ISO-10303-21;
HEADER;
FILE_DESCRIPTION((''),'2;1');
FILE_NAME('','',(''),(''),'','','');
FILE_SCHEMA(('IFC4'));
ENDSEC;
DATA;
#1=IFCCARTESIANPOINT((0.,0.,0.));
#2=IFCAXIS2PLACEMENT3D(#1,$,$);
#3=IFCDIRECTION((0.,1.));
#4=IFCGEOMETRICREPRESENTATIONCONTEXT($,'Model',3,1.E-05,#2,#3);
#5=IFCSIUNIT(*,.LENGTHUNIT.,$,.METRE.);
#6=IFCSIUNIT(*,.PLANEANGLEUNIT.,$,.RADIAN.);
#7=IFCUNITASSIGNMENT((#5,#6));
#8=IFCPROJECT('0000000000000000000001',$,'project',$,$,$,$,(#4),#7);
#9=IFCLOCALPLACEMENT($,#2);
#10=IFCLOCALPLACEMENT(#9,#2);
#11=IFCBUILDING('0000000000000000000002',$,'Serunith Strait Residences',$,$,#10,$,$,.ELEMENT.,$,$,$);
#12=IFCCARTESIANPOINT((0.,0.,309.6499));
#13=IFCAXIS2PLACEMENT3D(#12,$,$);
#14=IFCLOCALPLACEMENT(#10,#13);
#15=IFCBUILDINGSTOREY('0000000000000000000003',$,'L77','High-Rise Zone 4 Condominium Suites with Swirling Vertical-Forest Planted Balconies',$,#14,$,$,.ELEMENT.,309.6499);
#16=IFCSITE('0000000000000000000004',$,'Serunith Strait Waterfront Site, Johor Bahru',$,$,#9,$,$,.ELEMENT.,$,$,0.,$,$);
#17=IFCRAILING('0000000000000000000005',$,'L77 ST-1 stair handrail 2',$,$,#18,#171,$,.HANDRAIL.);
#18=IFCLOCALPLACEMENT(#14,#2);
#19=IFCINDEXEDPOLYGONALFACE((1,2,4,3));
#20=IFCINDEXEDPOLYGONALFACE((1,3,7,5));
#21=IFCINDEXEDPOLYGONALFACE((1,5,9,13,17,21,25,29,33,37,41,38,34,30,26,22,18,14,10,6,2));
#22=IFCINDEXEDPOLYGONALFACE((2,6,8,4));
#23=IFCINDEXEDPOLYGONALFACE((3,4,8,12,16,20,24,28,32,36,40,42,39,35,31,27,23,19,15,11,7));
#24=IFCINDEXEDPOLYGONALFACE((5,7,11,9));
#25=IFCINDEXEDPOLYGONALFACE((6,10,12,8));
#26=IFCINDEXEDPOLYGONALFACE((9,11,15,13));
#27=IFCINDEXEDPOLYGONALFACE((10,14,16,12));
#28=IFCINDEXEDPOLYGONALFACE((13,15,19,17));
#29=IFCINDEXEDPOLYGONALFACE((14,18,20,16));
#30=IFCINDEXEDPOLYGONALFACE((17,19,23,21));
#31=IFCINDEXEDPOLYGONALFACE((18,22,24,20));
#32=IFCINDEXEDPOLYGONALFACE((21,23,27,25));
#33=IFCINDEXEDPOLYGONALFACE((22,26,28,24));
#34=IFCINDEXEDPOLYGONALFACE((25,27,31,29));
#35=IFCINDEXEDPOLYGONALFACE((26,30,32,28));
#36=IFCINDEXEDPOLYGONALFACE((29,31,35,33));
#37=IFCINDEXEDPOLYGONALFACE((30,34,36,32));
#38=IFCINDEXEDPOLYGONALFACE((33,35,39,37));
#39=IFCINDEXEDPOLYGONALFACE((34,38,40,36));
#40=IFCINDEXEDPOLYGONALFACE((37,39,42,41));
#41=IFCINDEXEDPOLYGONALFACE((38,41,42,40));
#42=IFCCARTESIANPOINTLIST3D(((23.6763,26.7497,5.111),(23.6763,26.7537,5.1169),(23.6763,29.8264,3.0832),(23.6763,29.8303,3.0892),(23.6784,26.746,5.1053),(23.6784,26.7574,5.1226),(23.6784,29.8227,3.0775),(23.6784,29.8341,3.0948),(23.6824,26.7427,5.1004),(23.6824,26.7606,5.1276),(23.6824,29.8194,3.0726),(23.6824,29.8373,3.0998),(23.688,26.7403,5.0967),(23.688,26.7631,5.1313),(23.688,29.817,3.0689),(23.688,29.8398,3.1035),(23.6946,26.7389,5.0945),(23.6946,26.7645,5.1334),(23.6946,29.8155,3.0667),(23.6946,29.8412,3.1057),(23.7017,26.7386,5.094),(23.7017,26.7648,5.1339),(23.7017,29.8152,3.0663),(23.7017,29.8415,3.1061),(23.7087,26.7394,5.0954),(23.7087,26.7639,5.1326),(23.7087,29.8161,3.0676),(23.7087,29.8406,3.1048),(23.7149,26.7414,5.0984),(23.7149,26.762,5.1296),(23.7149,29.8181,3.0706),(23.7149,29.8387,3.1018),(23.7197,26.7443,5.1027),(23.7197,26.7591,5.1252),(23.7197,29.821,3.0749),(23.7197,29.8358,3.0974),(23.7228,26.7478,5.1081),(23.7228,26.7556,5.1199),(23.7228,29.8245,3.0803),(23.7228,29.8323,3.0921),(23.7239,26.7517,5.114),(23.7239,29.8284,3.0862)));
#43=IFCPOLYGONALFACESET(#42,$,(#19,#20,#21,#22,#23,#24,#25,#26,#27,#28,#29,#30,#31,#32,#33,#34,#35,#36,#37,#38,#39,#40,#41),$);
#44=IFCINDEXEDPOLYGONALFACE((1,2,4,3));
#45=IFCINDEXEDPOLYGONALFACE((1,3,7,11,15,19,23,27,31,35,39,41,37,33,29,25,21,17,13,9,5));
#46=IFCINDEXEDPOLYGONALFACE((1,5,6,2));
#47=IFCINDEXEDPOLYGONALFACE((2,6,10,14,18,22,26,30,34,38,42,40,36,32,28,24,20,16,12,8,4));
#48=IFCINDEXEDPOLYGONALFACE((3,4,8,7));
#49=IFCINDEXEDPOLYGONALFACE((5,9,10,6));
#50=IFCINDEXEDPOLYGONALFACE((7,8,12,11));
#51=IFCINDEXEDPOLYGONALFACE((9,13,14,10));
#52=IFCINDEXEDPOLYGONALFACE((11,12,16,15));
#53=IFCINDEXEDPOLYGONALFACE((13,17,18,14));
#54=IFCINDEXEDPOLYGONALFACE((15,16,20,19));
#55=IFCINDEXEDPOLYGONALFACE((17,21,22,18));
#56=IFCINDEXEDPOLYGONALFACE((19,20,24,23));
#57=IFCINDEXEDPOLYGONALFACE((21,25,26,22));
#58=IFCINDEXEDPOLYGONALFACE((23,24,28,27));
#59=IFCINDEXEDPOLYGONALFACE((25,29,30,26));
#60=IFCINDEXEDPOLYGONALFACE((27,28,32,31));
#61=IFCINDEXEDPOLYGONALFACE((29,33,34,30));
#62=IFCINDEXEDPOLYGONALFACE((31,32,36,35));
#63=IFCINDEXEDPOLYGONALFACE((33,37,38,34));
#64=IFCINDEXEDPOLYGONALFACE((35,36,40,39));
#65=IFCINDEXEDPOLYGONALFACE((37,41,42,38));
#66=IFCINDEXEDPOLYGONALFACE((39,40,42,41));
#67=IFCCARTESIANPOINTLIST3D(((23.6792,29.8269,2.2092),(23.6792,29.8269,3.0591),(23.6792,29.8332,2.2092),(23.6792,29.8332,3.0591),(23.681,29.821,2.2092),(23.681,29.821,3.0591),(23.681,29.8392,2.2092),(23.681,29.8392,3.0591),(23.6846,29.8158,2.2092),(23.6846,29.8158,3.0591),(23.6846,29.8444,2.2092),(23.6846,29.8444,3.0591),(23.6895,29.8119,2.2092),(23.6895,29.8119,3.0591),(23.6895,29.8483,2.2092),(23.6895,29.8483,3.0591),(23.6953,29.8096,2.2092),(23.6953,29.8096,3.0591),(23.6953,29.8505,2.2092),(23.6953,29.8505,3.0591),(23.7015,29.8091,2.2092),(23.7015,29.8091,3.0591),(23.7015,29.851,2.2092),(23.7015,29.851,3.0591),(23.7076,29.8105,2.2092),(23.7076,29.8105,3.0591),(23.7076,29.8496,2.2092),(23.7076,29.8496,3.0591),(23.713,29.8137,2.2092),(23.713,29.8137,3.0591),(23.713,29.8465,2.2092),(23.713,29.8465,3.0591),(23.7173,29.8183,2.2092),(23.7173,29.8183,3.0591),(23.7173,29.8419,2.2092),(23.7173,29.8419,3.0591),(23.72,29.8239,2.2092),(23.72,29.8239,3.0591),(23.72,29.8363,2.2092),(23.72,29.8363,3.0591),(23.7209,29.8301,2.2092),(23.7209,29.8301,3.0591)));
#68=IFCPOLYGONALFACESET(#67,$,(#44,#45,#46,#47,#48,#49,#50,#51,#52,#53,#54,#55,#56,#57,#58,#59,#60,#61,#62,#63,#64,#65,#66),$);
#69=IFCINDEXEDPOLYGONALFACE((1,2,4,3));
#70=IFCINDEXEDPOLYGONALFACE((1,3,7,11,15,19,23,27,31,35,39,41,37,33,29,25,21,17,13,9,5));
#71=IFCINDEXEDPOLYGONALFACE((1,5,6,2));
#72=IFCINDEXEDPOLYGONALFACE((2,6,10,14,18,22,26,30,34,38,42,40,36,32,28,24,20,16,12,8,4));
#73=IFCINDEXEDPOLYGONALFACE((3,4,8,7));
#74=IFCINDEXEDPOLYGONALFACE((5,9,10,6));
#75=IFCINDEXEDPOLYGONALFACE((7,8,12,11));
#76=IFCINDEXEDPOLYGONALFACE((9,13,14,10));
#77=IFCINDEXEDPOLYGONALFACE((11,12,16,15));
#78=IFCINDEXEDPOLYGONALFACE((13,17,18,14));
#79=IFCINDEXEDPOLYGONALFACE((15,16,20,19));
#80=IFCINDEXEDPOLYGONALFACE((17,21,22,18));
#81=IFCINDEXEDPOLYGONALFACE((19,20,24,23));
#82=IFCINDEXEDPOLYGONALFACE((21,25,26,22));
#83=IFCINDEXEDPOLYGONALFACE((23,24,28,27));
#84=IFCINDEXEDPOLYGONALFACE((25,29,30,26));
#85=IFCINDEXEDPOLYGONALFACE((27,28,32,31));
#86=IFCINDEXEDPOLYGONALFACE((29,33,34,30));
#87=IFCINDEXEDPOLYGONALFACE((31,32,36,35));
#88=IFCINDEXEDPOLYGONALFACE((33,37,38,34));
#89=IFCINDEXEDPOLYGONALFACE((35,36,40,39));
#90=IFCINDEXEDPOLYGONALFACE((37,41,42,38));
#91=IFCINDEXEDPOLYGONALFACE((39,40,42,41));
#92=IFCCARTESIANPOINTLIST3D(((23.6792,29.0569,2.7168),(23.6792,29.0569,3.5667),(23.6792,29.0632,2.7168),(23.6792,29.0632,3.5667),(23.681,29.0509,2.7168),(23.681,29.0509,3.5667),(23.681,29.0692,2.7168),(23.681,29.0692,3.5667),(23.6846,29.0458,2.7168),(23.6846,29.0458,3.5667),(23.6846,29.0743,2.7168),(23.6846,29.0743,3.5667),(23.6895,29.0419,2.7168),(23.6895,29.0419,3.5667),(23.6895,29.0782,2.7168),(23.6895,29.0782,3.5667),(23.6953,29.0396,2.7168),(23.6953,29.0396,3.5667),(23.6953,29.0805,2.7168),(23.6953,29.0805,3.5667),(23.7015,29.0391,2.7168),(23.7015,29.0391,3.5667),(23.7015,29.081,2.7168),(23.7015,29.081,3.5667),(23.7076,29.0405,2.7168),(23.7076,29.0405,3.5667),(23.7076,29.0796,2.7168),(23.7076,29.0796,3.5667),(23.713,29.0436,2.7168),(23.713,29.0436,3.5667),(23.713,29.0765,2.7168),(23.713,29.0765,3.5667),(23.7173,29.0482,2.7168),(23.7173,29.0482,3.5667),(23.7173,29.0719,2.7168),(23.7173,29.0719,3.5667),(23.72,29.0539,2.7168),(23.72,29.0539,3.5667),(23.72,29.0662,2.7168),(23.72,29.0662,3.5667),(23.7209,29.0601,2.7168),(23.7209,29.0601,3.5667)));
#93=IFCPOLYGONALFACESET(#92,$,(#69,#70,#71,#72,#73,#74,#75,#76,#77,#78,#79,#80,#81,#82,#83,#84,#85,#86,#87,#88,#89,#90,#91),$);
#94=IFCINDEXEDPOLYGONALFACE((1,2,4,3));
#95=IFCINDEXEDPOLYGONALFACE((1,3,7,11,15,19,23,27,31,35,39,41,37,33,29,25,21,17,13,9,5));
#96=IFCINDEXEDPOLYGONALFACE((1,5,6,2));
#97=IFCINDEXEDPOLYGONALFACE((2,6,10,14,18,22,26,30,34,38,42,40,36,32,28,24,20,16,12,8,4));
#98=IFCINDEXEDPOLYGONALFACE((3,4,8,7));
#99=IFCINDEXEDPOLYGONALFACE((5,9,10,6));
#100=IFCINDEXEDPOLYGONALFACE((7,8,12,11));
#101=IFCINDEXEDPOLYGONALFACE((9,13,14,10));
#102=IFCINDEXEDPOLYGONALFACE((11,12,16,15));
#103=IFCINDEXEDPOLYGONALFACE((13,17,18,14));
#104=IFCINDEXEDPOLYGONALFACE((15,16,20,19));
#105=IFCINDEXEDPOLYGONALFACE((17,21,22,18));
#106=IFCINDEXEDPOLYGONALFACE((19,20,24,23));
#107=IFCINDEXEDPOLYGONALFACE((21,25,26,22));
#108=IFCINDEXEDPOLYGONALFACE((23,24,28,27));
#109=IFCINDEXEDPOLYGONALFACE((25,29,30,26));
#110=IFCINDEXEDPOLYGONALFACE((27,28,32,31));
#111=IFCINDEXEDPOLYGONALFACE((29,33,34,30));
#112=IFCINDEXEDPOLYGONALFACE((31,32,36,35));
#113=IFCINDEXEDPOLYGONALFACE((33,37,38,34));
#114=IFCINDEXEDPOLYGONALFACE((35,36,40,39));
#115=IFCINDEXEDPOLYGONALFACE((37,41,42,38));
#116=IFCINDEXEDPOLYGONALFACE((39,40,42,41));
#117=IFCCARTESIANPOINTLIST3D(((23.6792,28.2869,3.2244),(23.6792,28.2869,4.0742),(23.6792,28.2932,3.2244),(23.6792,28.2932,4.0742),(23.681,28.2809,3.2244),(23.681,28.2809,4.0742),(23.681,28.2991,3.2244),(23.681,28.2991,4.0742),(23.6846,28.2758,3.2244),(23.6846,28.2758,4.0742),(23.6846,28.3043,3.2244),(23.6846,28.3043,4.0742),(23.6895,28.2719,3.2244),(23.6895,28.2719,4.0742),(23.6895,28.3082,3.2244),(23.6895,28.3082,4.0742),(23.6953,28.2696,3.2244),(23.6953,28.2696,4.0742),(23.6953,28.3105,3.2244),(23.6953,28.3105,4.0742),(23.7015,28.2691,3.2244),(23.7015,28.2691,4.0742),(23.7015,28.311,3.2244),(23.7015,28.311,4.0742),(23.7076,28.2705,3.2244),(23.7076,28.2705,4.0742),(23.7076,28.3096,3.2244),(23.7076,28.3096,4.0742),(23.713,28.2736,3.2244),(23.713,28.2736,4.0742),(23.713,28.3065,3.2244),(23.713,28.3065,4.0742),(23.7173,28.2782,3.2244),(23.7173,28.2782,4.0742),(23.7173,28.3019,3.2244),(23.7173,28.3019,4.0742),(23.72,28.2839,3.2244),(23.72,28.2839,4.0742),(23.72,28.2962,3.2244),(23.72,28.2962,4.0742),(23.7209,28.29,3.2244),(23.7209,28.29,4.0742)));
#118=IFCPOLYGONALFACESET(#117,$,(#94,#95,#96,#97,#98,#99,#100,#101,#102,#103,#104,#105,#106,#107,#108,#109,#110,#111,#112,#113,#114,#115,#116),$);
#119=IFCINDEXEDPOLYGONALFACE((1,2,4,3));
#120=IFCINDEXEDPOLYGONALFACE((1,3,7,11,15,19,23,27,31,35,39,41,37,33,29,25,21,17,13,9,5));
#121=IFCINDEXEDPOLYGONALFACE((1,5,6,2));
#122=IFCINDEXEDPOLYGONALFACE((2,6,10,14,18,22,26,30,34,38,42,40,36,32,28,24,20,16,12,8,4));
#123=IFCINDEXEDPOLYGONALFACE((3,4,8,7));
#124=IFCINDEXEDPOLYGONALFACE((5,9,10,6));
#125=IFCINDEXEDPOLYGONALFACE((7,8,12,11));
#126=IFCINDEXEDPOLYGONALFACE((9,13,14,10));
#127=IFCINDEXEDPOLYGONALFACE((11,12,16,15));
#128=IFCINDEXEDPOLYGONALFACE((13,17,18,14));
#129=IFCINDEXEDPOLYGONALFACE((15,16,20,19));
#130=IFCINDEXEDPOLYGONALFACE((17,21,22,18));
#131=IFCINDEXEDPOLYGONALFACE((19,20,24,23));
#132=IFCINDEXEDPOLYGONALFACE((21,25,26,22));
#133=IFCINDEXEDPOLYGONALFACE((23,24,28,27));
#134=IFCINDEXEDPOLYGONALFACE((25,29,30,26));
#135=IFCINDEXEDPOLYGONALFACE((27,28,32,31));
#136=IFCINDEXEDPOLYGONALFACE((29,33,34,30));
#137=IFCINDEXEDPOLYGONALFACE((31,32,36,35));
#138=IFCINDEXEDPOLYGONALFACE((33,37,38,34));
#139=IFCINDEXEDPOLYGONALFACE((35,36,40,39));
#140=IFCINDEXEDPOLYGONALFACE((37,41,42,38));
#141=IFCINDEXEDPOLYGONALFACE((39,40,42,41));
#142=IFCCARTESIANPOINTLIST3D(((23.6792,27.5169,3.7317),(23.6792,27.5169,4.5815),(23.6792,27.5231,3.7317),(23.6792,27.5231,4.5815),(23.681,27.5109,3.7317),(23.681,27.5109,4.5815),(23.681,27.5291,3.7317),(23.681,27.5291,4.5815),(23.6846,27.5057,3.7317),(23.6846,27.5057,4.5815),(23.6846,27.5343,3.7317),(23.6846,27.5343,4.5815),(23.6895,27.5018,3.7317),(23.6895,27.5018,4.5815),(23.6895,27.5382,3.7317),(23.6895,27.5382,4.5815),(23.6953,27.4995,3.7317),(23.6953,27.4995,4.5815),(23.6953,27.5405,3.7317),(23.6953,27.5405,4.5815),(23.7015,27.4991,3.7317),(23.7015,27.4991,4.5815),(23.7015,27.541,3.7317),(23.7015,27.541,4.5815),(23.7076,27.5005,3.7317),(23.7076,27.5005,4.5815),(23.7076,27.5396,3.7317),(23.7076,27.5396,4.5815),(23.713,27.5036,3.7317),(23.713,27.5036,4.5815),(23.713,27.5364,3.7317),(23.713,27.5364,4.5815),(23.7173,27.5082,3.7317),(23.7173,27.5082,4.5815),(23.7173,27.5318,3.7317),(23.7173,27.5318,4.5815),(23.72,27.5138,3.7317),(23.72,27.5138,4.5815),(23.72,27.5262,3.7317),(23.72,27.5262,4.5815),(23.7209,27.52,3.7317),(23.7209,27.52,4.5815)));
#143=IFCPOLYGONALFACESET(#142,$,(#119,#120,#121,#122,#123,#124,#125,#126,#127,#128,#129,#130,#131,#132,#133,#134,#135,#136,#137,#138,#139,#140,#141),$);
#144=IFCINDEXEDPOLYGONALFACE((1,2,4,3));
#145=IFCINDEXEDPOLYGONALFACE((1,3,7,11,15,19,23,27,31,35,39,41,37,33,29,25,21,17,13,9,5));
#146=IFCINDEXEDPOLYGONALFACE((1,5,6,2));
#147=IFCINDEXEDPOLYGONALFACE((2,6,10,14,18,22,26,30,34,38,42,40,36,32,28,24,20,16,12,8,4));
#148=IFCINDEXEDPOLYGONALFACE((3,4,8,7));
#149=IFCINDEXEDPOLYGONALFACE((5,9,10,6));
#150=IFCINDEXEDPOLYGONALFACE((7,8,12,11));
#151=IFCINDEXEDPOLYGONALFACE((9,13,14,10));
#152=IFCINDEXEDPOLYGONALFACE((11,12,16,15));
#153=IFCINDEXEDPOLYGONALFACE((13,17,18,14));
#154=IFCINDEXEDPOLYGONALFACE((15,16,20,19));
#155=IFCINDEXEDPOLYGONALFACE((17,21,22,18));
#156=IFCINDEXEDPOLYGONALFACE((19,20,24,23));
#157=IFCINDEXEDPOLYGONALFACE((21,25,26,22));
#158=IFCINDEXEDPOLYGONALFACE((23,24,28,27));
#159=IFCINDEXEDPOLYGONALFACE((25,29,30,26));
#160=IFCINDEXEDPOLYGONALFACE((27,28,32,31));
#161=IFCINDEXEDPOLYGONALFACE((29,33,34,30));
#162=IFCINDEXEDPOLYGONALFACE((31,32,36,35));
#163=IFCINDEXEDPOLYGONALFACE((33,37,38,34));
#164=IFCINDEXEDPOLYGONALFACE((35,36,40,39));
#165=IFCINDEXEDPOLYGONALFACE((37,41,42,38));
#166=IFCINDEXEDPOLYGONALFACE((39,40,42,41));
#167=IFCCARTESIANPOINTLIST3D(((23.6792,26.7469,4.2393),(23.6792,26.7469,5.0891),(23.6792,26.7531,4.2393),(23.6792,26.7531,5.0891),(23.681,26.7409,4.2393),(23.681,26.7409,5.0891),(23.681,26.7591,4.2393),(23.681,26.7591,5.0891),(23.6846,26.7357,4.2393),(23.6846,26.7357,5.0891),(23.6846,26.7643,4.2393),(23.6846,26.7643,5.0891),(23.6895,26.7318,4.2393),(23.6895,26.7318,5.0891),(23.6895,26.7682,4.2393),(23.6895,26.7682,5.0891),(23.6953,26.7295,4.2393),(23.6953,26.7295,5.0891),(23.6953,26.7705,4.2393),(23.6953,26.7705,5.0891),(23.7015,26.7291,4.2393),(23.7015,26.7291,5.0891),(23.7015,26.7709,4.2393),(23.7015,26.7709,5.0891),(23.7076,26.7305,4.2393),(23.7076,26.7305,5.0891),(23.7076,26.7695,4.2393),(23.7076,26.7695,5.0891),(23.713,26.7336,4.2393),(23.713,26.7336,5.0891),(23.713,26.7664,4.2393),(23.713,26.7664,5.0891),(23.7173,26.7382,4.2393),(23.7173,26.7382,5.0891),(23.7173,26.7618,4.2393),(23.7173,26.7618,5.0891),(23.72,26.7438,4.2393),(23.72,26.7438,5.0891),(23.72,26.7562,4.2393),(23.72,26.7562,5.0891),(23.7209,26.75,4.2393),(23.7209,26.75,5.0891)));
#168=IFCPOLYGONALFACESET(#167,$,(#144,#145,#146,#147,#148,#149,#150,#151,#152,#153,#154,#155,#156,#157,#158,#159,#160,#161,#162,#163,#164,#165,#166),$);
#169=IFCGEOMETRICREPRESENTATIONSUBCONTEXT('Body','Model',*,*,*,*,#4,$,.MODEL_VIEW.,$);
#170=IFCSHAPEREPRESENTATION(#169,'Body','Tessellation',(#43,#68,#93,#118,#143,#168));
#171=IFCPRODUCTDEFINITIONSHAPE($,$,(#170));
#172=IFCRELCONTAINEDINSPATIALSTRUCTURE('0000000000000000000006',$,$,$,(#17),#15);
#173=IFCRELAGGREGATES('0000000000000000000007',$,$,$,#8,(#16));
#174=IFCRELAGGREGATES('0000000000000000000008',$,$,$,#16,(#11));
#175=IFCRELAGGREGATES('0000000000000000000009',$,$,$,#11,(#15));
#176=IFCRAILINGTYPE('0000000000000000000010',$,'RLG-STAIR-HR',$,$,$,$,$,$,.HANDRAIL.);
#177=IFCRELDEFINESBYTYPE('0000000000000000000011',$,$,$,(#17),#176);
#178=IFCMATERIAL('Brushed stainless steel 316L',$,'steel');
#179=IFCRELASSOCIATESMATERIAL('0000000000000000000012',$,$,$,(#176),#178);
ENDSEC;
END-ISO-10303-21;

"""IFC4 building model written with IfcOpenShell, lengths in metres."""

from ifc_helpers import new_model, si_unit, direction, frame, origin, origin_2d, place, context, subcontext, project, spatial, circle, extrude, material, type_object, element, save


model = new_model("IFC4")

# Units and contexts
model_context = context("Model", 3, precision=1e-05, world=origin(), true_north=direction((0.0, 1.0)))
body_context = subcontext(model_context, "Body", "Model", "MODEL_VIEW")
ifc_project = project(units=[si_unit("LENGTHUNIT", "METRE"), si_unit("PLANEANGLEUNIT", "RADIAN")], contexts=[model_context])

# Site, building, storey
site_placement = place(None, origin())
site = spatial("IfcSite", under=ifc_project, at=site_placement, Name="Serunith Strait Waterfront Site, Johor Bahru", CompositionType="ELEMENT", RefElevation=0.0)
building_placement = place(site_placement, origin())
building = spatial("IfcBuilding", under=site, at=building_placement, Name="Serunith Strait Residences", CompositionType="ELEMENT")
storey_placement = place(building_placement, frame((0.0, 0.0, 309.6499)))
storey = spatial("IfcBuildingStorey", under=building, at=storey_placement, Name="L77", Description="High-Rise Zone 4 Condominium Suites with Swirling Vertical-Forest Planted Balconies", CompositionType="ELEMENT", Elevation=309.6499)

# Railing
ifc_material_1 = material(Name="Brushed stainless steel 316L", Category="steel")
railing_type_1 = type_object("IfcRailingType", Name="RLG-STAIR-HR", PredefinedType="HANDRAIL", material=ifc_material_1)
railing_1_placement = place(storey_placement, frame((23.7, 29.8301, 2.2092)))
element("IfcRailing", 1, at=railing_1_placement, inside=storey, type_object=railing_type_1, Name="L77 ST-1 stair handrail 2", PredefinedType="HANDRAIL", context=body_context, shape_type="SweptSolid", body=[
    extrude(circle(Radius=0.0239, at=origin_2d()), frame((0.0, -0.0017, 0.877), z_axis=(0.0, -0.834961, 0.550309), x_axis=(1.0, 0.0, 0.0)), (0.0, 0.0, 1.0), 3.6848),
    extrude(circle(Radius=0.021, at=origin_2d()), origin(), (0.0, 0.0, 1.0), 0.8499),
    extrude(circle(Radius=0.021, at=origin_2d()), frame((0.0, -0.77, 0.5076)), (0.0, 0.0, 1.0), 0.8499),
    extrude(circle(Radius=0.021, at=origin_2d()), frame((0.0, -1.54, 1.0151)), (0.0, 0.0, 1.0), 0.8499),
    extrude(circle(Radius=0.021, at=origin_2d()), frame((0.0, -2.3101, 1.5225)), (0.0, 0.0, 1.0), 0.8499),
    extrude(circle(Radius=0.021, at=origin_2d()), frame((0.0, -3.0801, 2.03)), (0.0, 0.0, 1.0), 0.8499),
])

save(model, "model.ifc")
